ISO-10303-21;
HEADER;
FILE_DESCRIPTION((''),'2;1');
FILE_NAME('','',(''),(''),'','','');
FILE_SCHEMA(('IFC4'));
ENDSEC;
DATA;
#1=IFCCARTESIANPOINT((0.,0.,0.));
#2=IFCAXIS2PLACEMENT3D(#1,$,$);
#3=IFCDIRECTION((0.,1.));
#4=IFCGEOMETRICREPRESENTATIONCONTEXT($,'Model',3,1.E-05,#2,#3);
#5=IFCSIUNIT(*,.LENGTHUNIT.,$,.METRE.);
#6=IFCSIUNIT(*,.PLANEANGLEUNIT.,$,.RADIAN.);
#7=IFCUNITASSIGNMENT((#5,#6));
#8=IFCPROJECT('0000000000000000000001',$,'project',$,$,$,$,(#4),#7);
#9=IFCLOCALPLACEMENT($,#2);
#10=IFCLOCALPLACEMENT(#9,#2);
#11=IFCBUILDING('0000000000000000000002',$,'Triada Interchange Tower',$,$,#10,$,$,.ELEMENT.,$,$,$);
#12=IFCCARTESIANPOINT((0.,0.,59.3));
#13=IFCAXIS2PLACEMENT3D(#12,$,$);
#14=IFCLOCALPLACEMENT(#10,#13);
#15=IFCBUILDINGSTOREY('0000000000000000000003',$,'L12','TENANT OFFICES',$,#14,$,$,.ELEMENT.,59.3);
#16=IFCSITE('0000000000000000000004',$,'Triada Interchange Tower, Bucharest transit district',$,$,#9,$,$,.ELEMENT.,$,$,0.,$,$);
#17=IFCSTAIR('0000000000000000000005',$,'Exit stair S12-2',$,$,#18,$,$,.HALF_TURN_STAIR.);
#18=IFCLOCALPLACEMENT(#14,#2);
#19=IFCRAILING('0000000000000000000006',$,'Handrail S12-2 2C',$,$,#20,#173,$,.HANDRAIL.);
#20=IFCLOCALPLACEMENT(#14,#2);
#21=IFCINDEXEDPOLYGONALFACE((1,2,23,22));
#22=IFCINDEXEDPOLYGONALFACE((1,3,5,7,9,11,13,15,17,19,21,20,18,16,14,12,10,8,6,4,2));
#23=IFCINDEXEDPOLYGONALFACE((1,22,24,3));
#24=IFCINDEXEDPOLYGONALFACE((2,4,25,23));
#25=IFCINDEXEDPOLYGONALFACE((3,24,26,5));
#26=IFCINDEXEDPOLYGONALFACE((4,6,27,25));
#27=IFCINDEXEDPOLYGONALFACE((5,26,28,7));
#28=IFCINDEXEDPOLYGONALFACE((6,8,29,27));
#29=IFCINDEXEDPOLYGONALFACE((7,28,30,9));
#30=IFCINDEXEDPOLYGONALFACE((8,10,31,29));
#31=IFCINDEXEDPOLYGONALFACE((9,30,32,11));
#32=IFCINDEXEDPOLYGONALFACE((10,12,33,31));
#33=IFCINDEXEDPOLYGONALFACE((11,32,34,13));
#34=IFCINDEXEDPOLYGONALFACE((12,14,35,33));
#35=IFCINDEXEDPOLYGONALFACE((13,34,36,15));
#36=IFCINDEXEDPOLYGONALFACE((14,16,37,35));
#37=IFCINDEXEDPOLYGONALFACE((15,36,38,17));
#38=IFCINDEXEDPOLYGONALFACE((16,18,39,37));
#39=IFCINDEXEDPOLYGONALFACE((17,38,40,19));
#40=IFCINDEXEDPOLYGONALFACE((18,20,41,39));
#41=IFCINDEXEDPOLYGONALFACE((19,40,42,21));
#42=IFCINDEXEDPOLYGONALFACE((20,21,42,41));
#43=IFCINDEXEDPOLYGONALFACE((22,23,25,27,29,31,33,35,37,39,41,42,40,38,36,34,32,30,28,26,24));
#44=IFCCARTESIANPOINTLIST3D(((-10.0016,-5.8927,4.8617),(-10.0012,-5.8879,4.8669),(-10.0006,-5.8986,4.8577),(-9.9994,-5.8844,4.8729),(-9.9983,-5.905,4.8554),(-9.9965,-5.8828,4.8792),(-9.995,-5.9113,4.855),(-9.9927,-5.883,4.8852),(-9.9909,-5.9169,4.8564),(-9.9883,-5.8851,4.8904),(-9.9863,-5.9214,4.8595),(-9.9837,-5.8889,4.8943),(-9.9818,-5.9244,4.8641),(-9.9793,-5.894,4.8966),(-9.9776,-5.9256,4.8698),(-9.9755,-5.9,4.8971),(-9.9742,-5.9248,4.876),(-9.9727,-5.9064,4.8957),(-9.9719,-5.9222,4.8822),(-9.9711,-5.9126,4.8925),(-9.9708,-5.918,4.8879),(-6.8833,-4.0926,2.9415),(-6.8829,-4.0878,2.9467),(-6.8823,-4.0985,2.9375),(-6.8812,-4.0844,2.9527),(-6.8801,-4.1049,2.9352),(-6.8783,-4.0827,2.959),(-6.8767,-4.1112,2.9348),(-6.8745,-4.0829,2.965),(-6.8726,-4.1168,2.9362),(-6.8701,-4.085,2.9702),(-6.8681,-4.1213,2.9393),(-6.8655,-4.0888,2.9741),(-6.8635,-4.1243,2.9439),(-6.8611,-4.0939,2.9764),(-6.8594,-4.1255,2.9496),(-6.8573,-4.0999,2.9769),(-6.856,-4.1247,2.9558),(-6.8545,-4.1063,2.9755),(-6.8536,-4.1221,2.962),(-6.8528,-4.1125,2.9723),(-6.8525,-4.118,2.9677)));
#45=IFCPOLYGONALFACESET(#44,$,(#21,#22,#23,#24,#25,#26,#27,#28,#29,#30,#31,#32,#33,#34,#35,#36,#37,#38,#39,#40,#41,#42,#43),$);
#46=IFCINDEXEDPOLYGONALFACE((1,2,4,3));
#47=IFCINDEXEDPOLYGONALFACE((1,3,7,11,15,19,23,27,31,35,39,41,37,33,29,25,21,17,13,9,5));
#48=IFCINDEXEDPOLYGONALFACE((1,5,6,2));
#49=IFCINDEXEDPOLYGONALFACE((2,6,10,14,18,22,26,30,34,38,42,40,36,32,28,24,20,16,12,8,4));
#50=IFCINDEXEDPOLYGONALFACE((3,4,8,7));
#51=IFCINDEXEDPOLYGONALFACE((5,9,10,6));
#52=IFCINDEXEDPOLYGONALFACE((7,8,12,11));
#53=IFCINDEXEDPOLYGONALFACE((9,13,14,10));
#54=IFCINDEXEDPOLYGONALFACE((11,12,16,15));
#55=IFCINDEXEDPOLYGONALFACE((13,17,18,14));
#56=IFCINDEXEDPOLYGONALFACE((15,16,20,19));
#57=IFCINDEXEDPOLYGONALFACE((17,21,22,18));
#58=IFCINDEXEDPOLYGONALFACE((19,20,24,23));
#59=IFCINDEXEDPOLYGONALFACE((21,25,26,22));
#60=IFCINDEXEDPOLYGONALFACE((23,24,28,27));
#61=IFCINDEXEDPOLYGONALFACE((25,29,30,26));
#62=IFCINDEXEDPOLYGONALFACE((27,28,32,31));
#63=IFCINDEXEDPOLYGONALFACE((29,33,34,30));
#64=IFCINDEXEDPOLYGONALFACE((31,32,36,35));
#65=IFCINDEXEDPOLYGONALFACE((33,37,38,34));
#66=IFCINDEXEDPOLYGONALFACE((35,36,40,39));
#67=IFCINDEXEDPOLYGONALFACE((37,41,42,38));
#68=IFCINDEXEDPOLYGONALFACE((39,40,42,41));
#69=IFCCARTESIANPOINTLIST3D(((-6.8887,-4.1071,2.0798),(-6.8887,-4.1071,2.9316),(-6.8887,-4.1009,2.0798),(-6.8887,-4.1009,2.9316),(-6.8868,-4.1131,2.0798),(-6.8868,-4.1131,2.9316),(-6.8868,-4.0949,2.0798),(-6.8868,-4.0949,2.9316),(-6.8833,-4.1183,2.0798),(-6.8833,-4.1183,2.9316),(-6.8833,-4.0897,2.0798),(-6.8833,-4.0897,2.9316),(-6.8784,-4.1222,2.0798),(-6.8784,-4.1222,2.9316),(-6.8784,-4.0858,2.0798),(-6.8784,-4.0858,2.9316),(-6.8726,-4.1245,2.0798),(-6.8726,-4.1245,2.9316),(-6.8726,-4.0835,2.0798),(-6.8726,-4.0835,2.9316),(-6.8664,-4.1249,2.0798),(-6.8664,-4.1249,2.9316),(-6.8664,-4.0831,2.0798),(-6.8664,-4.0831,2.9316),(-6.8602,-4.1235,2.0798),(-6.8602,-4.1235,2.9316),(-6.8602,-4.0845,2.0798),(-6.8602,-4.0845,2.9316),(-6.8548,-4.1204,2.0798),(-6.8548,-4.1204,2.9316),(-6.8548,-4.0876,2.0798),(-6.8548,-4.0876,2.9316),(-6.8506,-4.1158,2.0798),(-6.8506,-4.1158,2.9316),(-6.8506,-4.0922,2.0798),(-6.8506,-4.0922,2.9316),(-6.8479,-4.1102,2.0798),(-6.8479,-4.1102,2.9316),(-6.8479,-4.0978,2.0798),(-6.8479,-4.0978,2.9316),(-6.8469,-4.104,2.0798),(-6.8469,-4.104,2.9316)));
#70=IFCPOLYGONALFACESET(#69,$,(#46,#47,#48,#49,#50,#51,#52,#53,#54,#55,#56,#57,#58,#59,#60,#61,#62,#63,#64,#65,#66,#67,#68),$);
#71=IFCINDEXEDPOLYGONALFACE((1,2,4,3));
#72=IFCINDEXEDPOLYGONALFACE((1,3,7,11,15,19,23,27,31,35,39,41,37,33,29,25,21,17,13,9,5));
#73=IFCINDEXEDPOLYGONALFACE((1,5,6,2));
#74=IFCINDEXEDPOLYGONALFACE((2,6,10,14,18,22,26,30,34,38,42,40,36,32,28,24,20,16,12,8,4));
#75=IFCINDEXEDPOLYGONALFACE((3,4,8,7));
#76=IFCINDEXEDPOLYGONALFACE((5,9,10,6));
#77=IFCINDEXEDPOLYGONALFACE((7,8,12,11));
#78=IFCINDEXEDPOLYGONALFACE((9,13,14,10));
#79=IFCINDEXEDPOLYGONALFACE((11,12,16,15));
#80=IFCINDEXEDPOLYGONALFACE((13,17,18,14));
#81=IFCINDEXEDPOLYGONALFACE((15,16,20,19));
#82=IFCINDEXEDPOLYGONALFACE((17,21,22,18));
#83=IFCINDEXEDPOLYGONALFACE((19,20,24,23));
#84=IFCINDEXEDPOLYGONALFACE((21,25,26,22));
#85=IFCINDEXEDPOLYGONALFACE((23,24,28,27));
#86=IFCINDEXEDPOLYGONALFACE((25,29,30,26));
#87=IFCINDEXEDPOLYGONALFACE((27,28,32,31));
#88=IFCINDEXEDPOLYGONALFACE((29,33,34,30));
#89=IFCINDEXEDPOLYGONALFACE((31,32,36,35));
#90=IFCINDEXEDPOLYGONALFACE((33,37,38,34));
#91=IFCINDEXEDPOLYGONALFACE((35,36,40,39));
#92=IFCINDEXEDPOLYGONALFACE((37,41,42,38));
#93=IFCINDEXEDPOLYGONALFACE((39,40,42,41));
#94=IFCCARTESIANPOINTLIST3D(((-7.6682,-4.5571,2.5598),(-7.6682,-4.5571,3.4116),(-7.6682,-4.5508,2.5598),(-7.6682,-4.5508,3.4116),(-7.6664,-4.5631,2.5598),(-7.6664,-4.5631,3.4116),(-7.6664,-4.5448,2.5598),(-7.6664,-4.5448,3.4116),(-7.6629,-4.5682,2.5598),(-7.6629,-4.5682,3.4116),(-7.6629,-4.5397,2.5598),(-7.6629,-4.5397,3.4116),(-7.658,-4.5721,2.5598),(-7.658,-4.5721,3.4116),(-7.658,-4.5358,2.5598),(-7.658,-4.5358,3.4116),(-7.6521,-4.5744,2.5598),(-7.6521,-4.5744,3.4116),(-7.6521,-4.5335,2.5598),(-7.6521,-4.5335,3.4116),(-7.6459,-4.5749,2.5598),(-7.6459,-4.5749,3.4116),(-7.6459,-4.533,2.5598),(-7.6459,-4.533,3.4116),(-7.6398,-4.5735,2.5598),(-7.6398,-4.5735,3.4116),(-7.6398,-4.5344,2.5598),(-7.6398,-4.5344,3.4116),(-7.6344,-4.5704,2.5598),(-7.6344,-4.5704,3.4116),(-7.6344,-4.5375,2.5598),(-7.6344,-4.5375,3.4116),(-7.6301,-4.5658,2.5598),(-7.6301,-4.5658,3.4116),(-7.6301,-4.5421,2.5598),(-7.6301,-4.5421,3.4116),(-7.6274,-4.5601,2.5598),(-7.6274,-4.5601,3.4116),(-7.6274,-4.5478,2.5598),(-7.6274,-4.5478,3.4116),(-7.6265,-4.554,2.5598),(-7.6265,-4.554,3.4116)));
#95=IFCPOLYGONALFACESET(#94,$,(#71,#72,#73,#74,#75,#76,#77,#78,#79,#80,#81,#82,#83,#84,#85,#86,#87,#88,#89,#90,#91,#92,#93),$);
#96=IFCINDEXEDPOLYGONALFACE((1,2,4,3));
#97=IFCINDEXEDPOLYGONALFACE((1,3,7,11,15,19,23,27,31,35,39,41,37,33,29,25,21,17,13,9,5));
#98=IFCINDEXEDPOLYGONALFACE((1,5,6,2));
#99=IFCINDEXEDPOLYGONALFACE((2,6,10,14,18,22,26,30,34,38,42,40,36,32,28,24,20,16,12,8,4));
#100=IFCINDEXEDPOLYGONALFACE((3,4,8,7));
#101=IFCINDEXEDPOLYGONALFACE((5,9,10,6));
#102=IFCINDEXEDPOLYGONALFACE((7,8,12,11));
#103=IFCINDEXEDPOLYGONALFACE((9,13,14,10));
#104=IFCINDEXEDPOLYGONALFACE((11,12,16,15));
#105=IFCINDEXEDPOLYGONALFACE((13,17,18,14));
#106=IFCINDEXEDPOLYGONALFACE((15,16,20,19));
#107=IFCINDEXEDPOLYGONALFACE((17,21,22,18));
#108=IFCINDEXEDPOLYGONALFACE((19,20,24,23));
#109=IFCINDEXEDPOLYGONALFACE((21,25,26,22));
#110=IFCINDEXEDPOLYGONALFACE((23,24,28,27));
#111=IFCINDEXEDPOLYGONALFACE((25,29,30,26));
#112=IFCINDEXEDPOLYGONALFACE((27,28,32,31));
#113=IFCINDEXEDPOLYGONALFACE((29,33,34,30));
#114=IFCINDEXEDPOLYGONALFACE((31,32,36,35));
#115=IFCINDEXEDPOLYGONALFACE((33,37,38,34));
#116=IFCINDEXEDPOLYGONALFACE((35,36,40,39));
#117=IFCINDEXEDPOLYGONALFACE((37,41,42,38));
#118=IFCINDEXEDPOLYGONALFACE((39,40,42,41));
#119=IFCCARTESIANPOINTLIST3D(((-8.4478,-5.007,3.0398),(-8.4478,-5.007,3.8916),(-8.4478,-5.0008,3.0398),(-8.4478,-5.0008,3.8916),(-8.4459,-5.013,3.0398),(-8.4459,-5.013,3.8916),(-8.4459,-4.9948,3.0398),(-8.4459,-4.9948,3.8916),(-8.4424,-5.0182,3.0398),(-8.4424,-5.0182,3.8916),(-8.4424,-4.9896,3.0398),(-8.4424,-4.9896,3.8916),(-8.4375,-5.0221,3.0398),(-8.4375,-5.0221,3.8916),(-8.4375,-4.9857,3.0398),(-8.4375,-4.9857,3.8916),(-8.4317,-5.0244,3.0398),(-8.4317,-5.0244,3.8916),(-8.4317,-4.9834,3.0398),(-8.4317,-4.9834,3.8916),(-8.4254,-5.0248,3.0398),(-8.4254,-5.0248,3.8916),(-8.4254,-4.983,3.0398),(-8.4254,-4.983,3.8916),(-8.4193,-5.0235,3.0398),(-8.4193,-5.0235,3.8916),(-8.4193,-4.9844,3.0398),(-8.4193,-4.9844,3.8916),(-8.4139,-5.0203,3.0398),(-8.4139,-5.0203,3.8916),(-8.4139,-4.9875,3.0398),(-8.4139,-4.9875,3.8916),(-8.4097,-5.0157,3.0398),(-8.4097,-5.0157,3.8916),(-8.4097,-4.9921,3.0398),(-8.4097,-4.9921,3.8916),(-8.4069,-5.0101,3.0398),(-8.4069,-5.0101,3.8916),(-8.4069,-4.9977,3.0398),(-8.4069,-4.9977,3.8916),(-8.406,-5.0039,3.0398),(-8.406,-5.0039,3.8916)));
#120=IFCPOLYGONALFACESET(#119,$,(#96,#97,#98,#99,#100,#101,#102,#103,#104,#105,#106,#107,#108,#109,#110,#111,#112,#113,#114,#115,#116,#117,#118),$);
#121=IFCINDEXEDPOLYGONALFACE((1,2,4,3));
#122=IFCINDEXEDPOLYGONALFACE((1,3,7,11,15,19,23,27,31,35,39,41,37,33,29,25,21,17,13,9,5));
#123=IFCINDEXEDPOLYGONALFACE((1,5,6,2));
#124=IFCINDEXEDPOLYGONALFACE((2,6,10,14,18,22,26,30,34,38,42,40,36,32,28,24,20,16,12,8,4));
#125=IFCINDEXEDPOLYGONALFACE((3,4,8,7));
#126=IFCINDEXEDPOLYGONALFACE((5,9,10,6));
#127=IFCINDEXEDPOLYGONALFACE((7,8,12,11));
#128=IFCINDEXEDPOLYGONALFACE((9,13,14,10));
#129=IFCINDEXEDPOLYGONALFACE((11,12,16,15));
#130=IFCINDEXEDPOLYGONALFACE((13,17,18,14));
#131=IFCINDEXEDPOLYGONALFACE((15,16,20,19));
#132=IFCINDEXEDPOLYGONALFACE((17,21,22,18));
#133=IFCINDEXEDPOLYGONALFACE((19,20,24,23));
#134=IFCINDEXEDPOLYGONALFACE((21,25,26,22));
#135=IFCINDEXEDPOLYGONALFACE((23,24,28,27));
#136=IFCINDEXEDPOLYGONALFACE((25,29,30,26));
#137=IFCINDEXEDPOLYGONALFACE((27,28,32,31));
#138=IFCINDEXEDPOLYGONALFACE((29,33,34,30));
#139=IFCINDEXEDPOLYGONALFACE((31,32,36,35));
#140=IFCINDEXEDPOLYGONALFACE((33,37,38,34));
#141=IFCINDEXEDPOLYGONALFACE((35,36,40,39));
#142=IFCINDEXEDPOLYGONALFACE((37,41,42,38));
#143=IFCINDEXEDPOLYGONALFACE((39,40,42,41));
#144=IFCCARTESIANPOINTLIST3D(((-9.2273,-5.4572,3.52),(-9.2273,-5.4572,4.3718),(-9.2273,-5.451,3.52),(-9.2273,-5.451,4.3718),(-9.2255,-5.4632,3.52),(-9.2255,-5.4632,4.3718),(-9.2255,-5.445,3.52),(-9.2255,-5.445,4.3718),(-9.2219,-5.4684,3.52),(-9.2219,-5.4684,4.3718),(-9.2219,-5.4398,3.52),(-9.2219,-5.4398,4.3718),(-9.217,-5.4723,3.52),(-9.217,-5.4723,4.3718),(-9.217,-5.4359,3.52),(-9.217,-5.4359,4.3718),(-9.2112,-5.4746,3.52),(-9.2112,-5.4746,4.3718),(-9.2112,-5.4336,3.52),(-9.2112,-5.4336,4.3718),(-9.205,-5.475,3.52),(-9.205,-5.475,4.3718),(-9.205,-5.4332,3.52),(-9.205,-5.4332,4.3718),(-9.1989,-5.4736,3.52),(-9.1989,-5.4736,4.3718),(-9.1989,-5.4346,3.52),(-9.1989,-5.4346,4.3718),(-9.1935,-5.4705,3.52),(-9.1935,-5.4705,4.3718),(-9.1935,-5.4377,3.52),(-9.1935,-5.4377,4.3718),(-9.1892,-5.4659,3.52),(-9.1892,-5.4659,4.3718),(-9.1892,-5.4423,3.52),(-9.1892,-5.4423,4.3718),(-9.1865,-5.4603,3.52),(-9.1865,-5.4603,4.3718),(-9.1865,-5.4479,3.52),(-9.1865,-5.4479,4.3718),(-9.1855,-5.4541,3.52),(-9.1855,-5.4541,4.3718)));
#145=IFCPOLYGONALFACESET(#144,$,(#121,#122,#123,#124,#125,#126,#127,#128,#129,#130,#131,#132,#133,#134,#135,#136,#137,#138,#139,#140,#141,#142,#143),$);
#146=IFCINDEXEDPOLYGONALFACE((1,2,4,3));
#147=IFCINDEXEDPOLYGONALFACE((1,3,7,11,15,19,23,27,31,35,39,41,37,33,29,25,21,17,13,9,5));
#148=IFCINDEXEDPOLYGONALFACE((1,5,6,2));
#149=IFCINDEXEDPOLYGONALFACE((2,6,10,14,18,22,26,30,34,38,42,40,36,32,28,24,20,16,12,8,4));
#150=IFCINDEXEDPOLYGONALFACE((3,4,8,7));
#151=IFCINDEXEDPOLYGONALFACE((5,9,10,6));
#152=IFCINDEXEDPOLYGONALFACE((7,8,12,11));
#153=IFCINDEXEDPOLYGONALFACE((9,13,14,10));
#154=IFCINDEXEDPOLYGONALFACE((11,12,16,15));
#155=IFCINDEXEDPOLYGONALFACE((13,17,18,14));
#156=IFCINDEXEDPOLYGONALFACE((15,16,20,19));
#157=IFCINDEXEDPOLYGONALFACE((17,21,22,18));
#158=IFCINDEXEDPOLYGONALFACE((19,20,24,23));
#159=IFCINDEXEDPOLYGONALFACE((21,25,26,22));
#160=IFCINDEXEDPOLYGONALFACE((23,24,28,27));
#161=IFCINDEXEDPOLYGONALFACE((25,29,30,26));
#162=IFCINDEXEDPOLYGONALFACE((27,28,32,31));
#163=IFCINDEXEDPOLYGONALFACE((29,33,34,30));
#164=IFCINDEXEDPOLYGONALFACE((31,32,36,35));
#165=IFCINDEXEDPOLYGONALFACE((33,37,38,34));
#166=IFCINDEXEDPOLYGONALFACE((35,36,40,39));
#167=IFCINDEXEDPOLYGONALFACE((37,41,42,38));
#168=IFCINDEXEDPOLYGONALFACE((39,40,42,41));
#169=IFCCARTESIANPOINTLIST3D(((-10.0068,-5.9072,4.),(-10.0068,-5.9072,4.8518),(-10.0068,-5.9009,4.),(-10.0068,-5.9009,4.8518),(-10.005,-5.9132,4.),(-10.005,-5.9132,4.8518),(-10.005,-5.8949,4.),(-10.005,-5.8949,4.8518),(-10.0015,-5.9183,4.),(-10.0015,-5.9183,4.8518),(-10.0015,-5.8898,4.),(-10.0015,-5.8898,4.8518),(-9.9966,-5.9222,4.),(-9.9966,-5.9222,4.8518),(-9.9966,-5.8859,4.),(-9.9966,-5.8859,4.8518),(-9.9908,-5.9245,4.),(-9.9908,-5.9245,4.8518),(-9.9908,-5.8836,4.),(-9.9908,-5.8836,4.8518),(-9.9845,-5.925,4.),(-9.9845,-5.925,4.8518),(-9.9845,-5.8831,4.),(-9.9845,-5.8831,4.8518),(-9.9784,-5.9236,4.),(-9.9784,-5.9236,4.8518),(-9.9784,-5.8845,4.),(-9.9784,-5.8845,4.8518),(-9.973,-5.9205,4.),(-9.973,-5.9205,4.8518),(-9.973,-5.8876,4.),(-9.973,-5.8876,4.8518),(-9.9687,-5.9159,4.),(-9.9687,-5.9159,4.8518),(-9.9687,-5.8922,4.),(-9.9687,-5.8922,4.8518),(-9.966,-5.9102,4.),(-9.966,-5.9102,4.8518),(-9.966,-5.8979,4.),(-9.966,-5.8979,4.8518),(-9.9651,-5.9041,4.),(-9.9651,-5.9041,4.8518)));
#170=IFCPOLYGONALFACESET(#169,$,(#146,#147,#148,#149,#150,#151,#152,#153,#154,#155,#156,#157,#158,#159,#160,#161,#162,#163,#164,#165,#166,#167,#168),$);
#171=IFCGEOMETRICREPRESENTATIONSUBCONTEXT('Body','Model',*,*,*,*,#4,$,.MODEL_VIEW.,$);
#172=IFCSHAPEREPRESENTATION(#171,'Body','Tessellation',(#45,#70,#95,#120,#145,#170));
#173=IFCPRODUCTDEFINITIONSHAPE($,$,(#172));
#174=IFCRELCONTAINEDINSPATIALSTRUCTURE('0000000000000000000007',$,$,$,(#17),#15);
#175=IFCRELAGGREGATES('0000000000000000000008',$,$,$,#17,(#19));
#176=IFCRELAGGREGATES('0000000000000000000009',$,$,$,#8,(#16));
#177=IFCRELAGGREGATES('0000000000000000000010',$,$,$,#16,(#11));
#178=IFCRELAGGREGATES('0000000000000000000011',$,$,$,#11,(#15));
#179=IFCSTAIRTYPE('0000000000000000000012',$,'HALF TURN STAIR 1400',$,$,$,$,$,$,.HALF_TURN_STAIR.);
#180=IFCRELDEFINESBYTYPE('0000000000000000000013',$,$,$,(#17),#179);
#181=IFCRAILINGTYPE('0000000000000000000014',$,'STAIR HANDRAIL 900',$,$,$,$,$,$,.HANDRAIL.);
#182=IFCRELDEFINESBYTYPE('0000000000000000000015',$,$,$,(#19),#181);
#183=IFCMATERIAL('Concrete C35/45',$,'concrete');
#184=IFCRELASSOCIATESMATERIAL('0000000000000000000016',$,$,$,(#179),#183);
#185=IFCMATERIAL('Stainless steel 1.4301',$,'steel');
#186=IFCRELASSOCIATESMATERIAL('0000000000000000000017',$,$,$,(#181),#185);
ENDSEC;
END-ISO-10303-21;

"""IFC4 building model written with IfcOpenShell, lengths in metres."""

from ifc_helpers import new_model, si_unit, direction, frame, origin, origin_2d, place, context, subcontext, project, spatial, circle, extrude, material, type_object, element, aggregate, save


model = new_model("IFC4")

# Units and contexts
model_context = context("Model", 3, precision=1e-05, world=origin(), true_north=direction((0.0, 1.0)))
body_context = subcontext(model_context, "Body", "Model", "MODEL_VIEW")
ifc_project = project(units=[si_unit("LENGTHUNIT", "METRE"), si_unit("PLANEANGLEUNIT", "RADIAN")], contexts=[model_context])

# Site, building, storey
site_placement = place(None, origin())
site = spatial("IfcSite", under=ifc_project, at=site_placement, Name="Triada Interchange Tower, Bucharest transit district", CompositionType="ELEMENT", RefElevation=0.0)
building_placement = place(site_placement, origin())
building = spatial("IfcBuilding", under=site, at=building_placement, Name="Triada Interchange Tower", CompositionType="ELEMENT")
storey_placement = place(building_placement, frame((0.0, 0.0, 59.3)))
storey = spatial("IfcBuildingStorey", under=building, at=storey_placement, Name="L12", Description="TENANT OFFICES", CompositionType="ELEMENT", Elevation=59.3)

# Stair, railing
ifc_material_1 = material(Name="Concrete C35/45", Category="concrete")
stair_type = type_object("IfcStairType", Name="HALF TURN STAIR 1400", PredefinedType="HALF_TURN_STAIR", material=ifc_material_1)
stair_placement = place(storey_placement, origin())
stair = element("IfcStair", 1, at=stair_placement, inside=storey, type_object=stair_type, Name="Exit stair S12-2", PredefinedType="HALF_TURN_STAIR")
ifc_material_2 = material(Name="Stainless steel 1.4301", Category="steel")
railing_type = type_object("IfcRailingType", Name="STAIR HANDRAIL 900", PredefinedType="HANDRAIL", material=ifc_material_2)
railing_1_placement = place(storey_placement, frame((-6.8679, -4.104, 2.0798)))
railing_1 = element("IfcRailing", 2, at=railing_1_placement, type_object=railing_type, Name="Handrail S12-2 2C", PredefinedType="HANDRAIL", context=body_context, shape_type="SweptSolid", body=[
    extrude(circle(Radius=0.0239, at=origin_2d()), frame((0.0, 0.0, 0.876), z_axis=(-0.76417, -0.441139, 0.470576), x_axis=(0.499953, -0.866052, 0.0)), (0.0, 0.0, 1.0), 4.0806),
    extrude(circle(Radius=0.021, at=origin_2d()), origin(), (0.0, 0.0, 1.0), 0.8518),
    extrude(circle(Radius=0.021, at=origin_2d()), frame((-0.7795, -0.45, 0.48)), (0.0, 0.0, 1.0), 0.8518),
    extrude(circle(Radius=0.021, at=origin_2d()), frame((-1.5591, -0.8999, 0.96)), (0.0, 0.0, 1.0), 0.8518),
    extrude(circle(Radius=0.021, at=origin_2d()), frame((-2.3386, -1.3501, 1.4402)), (0.0, 0.0, 1.0), 0.8518),
    extrude(circle(Radius=0.021, at=origin_2d()), frame((-3.1182, -1.8, 1.9202)), (0.0, 0.0, 1.0), 0.8518),
])
aggregate(stair, [railing_1])

save(model, "model.ifc")
